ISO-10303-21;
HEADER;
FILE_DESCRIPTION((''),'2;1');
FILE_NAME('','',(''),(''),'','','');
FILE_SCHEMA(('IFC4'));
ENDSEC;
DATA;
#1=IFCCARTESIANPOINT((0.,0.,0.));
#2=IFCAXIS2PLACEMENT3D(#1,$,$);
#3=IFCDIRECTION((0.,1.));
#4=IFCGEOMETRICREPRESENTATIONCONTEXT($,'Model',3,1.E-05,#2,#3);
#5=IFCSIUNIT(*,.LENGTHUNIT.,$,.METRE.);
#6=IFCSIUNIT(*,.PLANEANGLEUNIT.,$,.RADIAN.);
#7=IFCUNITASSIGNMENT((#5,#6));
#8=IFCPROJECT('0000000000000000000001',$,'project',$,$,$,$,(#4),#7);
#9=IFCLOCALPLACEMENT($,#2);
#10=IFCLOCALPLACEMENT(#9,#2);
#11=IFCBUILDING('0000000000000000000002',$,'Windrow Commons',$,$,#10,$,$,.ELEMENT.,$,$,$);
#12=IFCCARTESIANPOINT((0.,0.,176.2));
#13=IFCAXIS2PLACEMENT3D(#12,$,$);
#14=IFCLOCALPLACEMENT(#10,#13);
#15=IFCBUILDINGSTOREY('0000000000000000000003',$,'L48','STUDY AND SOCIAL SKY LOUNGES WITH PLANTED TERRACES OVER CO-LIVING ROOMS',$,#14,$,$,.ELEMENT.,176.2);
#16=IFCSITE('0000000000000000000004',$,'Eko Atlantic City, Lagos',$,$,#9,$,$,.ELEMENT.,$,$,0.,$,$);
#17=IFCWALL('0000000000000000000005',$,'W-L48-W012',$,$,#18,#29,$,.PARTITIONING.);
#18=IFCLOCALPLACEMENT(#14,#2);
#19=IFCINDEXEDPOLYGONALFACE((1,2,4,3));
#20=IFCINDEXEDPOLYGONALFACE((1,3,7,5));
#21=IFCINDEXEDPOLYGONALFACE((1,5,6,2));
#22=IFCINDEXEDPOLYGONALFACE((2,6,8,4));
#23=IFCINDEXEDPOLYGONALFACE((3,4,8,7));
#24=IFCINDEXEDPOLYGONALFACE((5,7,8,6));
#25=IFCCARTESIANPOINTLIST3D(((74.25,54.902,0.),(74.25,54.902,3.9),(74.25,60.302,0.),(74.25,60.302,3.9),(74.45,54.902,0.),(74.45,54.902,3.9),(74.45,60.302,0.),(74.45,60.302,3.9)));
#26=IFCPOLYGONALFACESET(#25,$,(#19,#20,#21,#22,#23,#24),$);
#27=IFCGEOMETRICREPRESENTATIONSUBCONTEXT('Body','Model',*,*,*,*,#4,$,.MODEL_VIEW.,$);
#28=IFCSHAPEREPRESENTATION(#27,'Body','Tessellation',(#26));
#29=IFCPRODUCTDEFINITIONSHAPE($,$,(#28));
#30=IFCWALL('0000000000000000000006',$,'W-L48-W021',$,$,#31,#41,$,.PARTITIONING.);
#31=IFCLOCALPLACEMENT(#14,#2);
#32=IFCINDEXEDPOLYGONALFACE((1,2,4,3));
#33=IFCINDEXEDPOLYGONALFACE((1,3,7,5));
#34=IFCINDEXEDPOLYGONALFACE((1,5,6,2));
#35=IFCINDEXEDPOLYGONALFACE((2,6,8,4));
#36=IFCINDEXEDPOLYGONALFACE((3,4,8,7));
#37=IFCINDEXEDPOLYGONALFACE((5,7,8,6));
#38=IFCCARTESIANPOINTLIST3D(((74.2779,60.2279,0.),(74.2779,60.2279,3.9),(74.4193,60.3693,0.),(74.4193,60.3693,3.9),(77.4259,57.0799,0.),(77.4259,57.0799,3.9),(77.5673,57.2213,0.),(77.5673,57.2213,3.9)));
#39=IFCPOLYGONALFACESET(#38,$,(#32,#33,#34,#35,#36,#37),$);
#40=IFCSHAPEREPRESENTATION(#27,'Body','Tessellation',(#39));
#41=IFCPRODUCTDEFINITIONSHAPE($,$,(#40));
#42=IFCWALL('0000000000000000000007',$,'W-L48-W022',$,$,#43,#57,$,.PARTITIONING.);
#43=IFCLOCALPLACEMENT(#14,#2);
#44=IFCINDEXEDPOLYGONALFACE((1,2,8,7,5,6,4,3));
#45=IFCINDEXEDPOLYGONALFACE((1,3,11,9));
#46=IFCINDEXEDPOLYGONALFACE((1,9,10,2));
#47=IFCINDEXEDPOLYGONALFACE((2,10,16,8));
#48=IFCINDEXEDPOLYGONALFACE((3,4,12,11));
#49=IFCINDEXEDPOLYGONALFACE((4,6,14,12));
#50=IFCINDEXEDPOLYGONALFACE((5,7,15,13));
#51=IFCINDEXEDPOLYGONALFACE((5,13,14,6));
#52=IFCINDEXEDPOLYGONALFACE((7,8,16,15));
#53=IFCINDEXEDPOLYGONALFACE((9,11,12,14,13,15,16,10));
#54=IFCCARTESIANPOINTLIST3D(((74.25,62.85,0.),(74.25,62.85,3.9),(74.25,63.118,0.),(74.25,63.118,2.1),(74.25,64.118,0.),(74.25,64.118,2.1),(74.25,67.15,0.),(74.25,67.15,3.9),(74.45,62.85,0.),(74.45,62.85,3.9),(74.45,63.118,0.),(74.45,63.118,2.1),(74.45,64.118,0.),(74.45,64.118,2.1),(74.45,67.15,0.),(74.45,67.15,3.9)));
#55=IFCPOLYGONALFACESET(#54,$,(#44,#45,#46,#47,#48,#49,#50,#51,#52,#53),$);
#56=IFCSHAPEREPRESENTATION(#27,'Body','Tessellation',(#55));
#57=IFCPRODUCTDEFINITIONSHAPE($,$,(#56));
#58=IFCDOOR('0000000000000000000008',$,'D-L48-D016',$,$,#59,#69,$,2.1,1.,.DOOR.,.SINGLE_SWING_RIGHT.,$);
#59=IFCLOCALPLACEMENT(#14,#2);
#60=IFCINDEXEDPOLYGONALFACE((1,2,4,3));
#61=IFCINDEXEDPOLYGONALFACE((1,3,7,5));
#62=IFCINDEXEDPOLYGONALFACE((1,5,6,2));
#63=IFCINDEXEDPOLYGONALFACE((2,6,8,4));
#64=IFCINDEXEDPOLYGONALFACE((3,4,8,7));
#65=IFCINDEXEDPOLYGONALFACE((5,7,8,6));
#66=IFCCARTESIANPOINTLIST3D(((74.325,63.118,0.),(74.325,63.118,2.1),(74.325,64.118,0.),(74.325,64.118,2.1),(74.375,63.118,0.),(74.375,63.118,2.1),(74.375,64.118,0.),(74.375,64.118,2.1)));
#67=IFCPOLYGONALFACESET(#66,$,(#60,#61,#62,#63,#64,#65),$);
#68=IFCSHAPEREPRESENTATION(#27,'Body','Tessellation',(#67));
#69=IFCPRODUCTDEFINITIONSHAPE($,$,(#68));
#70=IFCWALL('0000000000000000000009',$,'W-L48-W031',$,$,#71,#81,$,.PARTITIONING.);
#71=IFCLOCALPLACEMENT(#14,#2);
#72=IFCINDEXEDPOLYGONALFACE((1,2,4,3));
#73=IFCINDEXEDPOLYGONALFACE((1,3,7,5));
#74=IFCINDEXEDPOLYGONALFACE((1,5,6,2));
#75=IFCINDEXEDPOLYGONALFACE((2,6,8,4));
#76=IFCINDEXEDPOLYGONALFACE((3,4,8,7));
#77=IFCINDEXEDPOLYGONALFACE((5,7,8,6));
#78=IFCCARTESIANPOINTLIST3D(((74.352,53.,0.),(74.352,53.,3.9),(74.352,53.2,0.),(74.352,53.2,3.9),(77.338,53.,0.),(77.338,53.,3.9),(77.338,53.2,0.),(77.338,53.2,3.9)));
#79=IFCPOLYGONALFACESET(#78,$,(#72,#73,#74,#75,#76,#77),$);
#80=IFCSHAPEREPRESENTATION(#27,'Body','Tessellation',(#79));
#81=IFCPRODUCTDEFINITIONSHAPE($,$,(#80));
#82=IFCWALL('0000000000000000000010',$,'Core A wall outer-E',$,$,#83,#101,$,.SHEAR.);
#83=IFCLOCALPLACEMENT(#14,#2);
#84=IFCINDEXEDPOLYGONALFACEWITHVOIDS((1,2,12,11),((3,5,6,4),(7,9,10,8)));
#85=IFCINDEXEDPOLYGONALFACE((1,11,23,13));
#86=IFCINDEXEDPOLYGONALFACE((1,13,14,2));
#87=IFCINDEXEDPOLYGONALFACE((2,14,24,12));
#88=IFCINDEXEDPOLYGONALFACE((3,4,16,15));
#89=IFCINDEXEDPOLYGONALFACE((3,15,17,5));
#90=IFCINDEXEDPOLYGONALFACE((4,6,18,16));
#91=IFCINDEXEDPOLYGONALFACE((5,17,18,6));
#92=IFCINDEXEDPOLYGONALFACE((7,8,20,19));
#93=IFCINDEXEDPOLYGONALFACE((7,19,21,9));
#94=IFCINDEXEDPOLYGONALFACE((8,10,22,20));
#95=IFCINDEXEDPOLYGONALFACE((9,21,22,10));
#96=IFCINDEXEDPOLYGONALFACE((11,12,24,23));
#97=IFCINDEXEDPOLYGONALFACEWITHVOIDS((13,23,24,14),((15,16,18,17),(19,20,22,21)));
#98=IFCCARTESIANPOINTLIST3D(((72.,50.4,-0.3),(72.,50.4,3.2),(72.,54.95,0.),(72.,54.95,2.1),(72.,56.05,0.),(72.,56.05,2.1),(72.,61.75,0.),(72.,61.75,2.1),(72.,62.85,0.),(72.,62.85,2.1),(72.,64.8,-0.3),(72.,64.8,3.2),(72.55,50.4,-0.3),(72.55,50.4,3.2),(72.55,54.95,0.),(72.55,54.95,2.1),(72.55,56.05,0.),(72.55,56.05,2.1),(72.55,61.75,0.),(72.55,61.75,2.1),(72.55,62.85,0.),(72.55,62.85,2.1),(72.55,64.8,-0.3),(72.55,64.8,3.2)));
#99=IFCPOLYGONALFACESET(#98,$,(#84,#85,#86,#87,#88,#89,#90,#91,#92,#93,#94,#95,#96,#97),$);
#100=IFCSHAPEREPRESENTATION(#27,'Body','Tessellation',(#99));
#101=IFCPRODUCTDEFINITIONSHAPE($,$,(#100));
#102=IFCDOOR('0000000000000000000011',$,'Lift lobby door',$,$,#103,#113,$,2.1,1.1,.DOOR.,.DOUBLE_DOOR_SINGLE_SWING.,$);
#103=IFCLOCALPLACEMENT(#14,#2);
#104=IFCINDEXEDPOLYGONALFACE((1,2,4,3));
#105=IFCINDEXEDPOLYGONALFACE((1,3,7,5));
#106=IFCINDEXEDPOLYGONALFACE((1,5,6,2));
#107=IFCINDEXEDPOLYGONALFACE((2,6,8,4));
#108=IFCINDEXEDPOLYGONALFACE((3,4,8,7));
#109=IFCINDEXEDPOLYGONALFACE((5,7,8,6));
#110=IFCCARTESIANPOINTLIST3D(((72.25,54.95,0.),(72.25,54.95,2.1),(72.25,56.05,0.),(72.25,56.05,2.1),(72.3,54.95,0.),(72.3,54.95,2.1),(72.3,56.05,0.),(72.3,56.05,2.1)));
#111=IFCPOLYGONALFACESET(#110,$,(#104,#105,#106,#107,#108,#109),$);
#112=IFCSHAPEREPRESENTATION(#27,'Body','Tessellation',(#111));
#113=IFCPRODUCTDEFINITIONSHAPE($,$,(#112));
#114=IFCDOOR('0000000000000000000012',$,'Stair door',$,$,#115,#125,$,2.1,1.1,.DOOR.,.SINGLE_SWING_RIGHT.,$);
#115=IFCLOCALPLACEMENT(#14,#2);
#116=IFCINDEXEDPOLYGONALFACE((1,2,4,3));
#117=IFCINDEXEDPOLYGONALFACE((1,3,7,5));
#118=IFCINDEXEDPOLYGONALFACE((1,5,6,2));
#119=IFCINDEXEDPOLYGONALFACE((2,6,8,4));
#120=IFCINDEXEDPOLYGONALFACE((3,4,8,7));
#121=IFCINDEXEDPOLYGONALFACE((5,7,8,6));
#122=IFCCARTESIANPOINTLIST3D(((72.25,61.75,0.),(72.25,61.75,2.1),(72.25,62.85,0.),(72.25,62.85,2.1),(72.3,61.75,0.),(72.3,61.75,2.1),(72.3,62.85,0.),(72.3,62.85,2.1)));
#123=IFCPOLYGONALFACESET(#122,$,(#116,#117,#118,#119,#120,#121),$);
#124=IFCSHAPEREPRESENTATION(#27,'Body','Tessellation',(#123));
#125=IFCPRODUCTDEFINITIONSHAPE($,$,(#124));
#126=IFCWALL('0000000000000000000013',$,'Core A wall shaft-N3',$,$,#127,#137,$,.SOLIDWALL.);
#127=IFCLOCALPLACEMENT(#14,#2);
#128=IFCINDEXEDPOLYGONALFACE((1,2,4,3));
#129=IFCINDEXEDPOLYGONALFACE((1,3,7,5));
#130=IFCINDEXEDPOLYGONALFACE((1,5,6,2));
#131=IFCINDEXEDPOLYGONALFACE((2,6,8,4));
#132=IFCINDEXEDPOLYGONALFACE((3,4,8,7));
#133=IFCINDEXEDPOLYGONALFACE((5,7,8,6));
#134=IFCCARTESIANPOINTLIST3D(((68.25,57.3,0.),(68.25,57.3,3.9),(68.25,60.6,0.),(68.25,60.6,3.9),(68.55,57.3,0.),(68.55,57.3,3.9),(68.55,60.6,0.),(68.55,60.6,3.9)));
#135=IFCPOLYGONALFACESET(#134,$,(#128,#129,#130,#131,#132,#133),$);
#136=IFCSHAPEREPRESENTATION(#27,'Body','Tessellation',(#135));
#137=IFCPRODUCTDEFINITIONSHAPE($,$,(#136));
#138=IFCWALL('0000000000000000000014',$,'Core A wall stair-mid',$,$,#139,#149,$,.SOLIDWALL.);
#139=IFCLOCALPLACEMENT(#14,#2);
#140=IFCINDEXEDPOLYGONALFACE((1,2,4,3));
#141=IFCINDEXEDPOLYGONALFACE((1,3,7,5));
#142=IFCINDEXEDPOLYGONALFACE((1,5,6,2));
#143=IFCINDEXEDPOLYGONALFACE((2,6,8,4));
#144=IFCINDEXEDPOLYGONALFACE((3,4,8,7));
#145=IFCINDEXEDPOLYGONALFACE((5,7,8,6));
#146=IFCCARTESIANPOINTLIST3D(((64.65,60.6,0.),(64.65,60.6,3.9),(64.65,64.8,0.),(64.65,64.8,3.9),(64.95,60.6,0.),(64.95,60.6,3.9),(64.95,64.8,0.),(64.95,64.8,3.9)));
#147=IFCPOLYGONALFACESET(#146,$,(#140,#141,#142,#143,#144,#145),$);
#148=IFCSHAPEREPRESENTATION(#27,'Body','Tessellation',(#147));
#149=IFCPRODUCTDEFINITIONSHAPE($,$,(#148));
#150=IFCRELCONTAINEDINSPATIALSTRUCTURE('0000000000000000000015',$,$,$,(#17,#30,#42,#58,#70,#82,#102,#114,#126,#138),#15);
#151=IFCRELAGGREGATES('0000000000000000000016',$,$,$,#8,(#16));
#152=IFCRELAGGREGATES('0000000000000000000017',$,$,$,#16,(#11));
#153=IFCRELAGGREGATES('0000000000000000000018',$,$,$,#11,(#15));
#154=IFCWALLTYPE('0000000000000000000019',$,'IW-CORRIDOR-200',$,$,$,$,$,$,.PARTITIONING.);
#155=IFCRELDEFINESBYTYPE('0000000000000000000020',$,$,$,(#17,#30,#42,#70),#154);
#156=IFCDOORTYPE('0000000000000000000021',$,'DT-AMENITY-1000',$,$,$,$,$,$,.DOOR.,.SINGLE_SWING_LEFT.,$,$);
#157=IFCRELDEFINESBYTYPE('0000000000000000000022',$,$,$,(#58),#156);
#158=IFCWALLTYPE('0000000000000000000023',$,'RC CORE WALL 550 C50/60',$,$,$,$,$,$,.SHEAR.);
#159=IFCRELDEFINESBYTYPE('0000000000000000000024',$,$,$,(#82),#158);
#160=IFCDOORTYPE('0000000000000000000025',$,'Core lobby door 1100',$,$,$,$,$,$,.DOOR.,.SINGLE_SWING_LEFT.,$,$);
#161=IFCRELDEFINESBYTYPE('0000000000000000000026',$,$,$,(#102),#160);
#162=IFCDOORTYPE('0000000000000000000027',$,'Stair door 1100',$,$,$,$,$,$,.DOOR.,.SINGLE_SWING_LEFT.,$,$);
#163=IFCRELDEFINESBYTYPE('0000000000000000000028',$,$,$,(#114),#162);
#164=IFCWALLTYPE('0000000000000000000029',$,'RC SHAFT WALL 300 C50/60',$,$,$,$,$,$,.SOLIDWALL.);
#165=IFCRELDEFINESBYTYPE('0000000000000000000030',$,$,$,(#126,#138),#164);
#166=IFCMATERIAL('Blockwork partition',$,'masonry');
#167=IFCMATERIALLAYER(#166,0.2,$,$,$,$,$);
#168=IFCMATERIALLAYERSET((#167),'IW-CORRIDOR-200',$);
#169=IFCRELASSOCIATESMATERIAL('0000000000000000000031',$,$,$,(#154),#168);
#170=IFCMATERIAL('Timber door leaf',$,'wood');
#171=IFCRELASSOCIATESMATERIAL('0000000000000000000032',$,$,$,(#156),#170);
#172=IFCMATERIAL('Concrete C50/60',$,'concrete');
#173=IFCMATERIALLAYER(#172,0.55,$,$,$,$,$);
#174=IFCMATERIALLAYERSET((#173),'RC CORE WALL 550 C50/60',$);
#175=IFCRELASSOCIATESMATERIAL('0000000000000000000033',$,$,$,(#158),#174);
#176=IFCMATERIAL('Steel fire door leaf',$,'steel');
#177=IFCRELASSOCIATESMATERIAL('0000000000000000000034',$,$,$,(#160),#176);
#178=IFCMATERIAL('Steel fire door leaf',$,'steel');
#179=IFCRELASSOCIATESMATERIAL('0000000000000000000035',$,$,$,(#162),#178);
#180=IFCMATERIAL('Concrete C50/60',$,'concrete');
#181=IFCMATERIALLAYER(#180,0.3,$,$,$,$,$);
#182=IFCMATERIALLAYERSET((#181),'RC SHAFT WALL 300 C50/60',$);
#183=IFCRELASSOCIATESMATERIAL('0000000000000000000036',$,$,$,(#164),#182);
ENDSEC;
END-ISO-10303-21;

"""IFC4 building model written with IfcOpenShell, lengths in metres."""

from ifc_helpers import new_model, si_unit, direction, frame, frame_2d, origin, place, context, subcontext, project, spatial, rectangle, extrude, material, layer, layer_set, type_object, element, fill, save


model = new_model("IFC4")

# Units and contexts
model_context = context("Model", 3, precision=1e-05, world=origin(), true_north=direction((0.0, 1.0)))
body_context = subcontext(model_context, "Body", "Model", "MODEL_VIEW")
ifc_project = project(units=[si_unit("LENGTHUNIT", "METRE"), si_unit("PLANEANGLEUNIT", "RADIAN")], contexts=[model_context])

# Site, building, storey
site_placement = place(None, origin())
site = spatial("IfcSite", under=ifc_project, at=site_placement, Name="Eko Atlantic City, Lagos", CompositionType="ELEMENT", RefElevation=0.0)
building_placement = place(site_placement, origin())
building = spatial("IfcBuilding", under=site, at=building_placement, Name="Windrow Commons", CompositionType="ELEMENT")
storey_placement = place(building_placement, frame((0.0, 0.0, 176.2)))
storey = spatial("IfcBuildingStorey", under=building, at=storey_placement, Name="L48", Description="STUDY AND SOCIAL SKY LOUNGES WITH PLANTED TERRACES OVER CO-LIVING ROOMS", CompositionType="ELEMENT", Elevation=176.2)

# Walls
ifc_material_1 = material(Name="Blockwork partition", Category="masonry")
ifc_layer_1 = layer(ifc_material_1, 0.2)
ifc_layer_set_1 = layer_set([ifc_layer_1], Name="IW-CORRIDOR-200")
wall_type_1 = type_object("IfcWallType", Name="IW-CORRIDOR-200", PredefinedType="PARTITIONING", material=ifc_layer_set_1)
wall_1_placement = place(storey_placement, frame((74.35, 54.902, 0.0), z_axis=(0.0, 0.0, 1.0), x_axis=(0.0, 1.0, 0.0)))
element("IfcWall", 1, at=wall_1_placement, inside=storey, type_object=wall_type_1, Name="W-L48-W012", PredefinedType="PARTITIONING", context=body_context, shape_type="SweptSolid", body=[
    extrude(rectangle(XDim=5.4, YDim=0.2, at=frame_2d((2.7, 0.0))), origin(), (0.0, 0.0, 1.0), 3.9),
])
wall_2_placement = place(storey_placement, frame((74.3486, 60.2986, 0.0), z_axis=(0.0, 0.0, 1.0), x_axis=(0.707107, -0.707107, 0.0)))
element("IfcWall", 2, at=wall_2_placement, inside=storey, type_object=wall_type_1, Name="W-L48-W021", PredefinedType="PARTITIONING", context=body_context, shape_type="SweptSolid", body=[
    extrude(rectangle(XDim=4.4519, YDim=0.2, at=frame_2d((2.226, 0.0))), origin(), (0.0, 0.0, 1.0), 3.9),
])

# Wall, opening, door
wall_3_placement = place(storey_placement, frame((74.35, 62.85, 0.0), z_axis=(0.0, 0.0, 1.0), x_axis=(0.0, 1.0, 0.0)))
wall_3 = element("IfcWall", 3, at=wall_3_placement, inside=storey, type_object=wall_type_1, Name="W-L48-W022", PredefinedType="PARTITIONING", context=body_context, shape_type="SweptSolid", body=[
    extrude(rectangle(XDim=4.3, YDim=0.2, at=frame_2d((2.15, 0.0))), origin(), (0.0, 0.0, 1.0), 3.9),
])
opening_1_placement = place(wall_3_placement, frame((0.268, 0.0, 0.0)))
opening_1 = element("IfcOpeningElement", 4, at=opening_1_placement, cuts=wall_3, PredefinedType="OPENING", context=body_context, shape_type="SweptSolid", body=[
    extrude(rectangle(XDim=1.0, YDim=2.1, at=frame_2d((0.5, 1.05))), frame((0.0, 0.11, 0.0), z_axis=(0.0, -1.0, 0.0), x_axis=(1.0, 0.0, 0.0)), (0.0, 0.0, 1.0), 0.22),
])
ifc_material_2 = material(Name="Timber door leaf", Category="wood")
door_type_1 = type_object("IfcDoorType", Name="DT-AMENITY-1000", OperationType="SINGLE_SWING_LEFT", PredefinedType="DOOR", material=ifc_material_2)
door_1_placement = place(opening_1_placement, origin())
door_1 = element("IfcDoor", 5, at=door_1_placement, inside=storey, type_object=door_type_1, Name="D-L48-D016", OperationType="SINGLE_SWING_RIGHT", OverallHeight=2.1, OverallWidth=1.0, PredefinedType="DOOR", context=body_context, shape_type="SweptSolid", body=[
    extrude(rectangle(XDim=1.0, YDim=2.1, at=frame_2d((0.5, 1.05))), frame((0.0, 0.025, 0.0), z_axis=(0.0, -1.0, 0.0), x_axis=(1.0, 0.0, 0.0)), (0.0, 0.0, 1.0), 0.05),
])
fill(opening_1, door_1)

# Wall
wall_4_placement = place(storey_placement, frame((74.352, 53.1, 0.0), z_axis=(0.0, 0.0, 1.0), x_axis=(1.0, 0.0, 0.0)))
element("IfcWall", 6, at=wall_4_placement, inside=storey, type_object=wall_type_1, Name="W-L48-W031", PredefinedType="PARTITIONING", context=body_context, shape_type="SweptSolid", body=[
    extrude(rectangle(XDim=2.986, YDim=0.2, at=frame_2d((1.493, 0.0))), origin(), (0.0, 0.0, 1.0), 3.9),
])

# Wall, openings, doors
ifc_material_3 = material(Name="Concrete C50/60", Category="concrete")
ifc_layer_2 = layer(ifc_material_3, 0.55)
ifc_layer_set_2 = layer_set([ifc_layer_2], Name="RC CORE WALL 550 C50/60")
wall_type_2 = type_object("IfcWallType", Name="RC CORE WALL 550 C50/60", PredefinedType="SHEAR", material=ifc_layer_set_2)
wall_5_placement = place(storey_placement, frame((72.275, 50.4, -0.3), z_axis=(0.0, 0.0, 1.0), x_axis=(0.0, 1.0, 0.0)))
wall_5 = element("IfcWall", 7, at=wall_5_placement, inside=storey, type_object=wall_type_2, Name="Core A wall outer-E", PredefinedType="SHEAR", context=body_context, shape_type="SweptSolid", body=[
    extrude(rectangle(XDim=14.4, YDim=0.55, at=frame_2d((7.2, 0.0))), origin(), (0.0, 0.0, 1.0), 3.5),
])
opening_2_placement = place(wall_5_placement, frame((4.55, 0.0, 0.3)))
opening_2 = element("IfcOpeningElement", 8, at=opening_2_placement, cuts=wall_5, PredefinedType="OPENING", context=body_context, shape_type="SweptSolid", body=[
    extrude(rectangle(XDim=1.1, YDim=2.1, at=frame_2d((0.55, 1.05))), frame((0.0, 0.285, 0.0), z_axis=(0.0, -1.0, 0.0), x_axis=(1.0, 0.0, 0.0)), (0.0, 0.0, 1.0), 0.57),
])
opening_3_placement = place(wall_5_placement, frame((11.35, 0.0, 0.3)))
opening_3 = element("IfcOpeningElement", 9, at=opening_3_placement, cuts=wall_5, PredefinedType="OPENING", context=body_context, shape_type="SweptSolid", body=[
    extrude(rectangle(XDim=1.1, YDim=2.1, at=frame_2d((0.55, 1.05))), frame((0.0, 0.285, 0.0), z_axis=(0.0, -1.0, 0.0), x_axis=(1.0, 0.0, 0.0)), (0.0, 0.0, 1.0), 0.57),
])
ifc_material_4 = material(Name="Steel fire door leaf", Category="steel")
door_type_2 = type_object("IfcDoorType", Name="Core lobby door 1100", OperationType="SINGLE_SWING_LEFT", PredefinedType="DOOR", material=ifc_material_4)
door_2_placement = place(opening_2_placement, origin())
door_2 = element("IfcDoor", 10, at=door_2_placement, inside=storey, type_object=door_type_2, Name="Lift lobby door", OperationType="DOUBLE_DOOR_SINGLE_SWING", OverallHeight=2.1, OverallWidth=1.1, PredefinedType="DOOR", context=body_context, shape_type="SweptSolid", body=[
    extrude(rectangle(XDim=1.1, YDim=2.1, at=frame_2d((0.55, 1.05))), frame((0.0, 0.025, 0.0), z_axis=(0.0, -1.0, 0.0), x_axis=(1.0, 0.0, 0.0)), (0.0, 0.0, 1.0), 0.05),
])
fill(opening_2, door_2)
ifc_material_5 = material(Name="Steel fire door leaf", Category="steel")
door_type_3 = type_object("IfcDoorType", Name="Stair door 1100", OperationType="SINGLE_SWING_LEFT", PredefinedType="DOOR", material=ifc_material_5)
door_3_placement = place(opening_3_placement, origin())
door_3 = element("IfcDoor", 11, at=door_3_placement, inside=storey, type_object=door_type_3, Name="Stair door", OperationType="SINGLE_SWING_RIGHT", OverallHeight=2.1, OverallWidth=1.1, PredefinedType="DOOR", context=body_context, shape_type="SweptSolid", body=[
    extrude(rectangle(XDim=1.1, YDim=2.1, at=frame_2d((0.55, 1.05))), frame((0.0, 0.025, 0.0), z_axis=(0.0, -1.0, 0.0), x_axis=(1.0, 0.0, 0.0)), (0.0, 0.0, 1.0), 0.05),
])
fill(opening_3, door_3)

# Walls
ifc_material_6 = material(Name="Concrete C50/60", Category="concrete")
ifc_layer_3 = layer(ifc_material_6, 0.3)
ifc_layer_set_3 = layer_set([ifc_layer_3], Name="RC SHAFT WALL 300 C50/60")
wall_type_3 = type_object("IfcWallType", Name="RC SHAFT WALL 300 C50/60", PredefinedType="SOLIDWALL", material=ifc_layer_set_3)
wall_6_placement = place(storey_placement, frame((68.4, 57.3, 0.0), z_axis=(0.0, 0.0, 1.0), x_axis=(0.0, 1.0, 0.0)))
element("IfcWall", 12, at=wall_6_placement, inside=storey, type_object=wall_type_3, Name="Core A wall shaft-N3", PredefinedType="SOLIDWALL", context=body_context, shape_type="SweptSolid", body=[
    extrude(rectangle(XDim=3.3, YDim=0.3, at=frame_2d((1.65, 0.0))), origin(), (0.0, 0.0, 1.0), 3.9),
])
wall_7_placement = place(storey_placement, frame((64.8, 60.6, 0.0), z_axis=(0.0, 0.0, 1.0), x_axis=(0.0, 1.0, 0.0)))
element("IfcWall", 13, at=wall_7_placement, inside=storey, type_object=wall_type_3, Name="Core A wall stair-mid", PredefinedType="SOLIDWALL", context=body_context, shape_type="SweptSolid", body=[
    extrude(rectangle(XDim=4.2, YDim=0.3, at=frame_2d((2.1, 0.0))), origin(), (0.0, 0.0, 1.0), 3.9),
])

save(model, "model.ifc")
